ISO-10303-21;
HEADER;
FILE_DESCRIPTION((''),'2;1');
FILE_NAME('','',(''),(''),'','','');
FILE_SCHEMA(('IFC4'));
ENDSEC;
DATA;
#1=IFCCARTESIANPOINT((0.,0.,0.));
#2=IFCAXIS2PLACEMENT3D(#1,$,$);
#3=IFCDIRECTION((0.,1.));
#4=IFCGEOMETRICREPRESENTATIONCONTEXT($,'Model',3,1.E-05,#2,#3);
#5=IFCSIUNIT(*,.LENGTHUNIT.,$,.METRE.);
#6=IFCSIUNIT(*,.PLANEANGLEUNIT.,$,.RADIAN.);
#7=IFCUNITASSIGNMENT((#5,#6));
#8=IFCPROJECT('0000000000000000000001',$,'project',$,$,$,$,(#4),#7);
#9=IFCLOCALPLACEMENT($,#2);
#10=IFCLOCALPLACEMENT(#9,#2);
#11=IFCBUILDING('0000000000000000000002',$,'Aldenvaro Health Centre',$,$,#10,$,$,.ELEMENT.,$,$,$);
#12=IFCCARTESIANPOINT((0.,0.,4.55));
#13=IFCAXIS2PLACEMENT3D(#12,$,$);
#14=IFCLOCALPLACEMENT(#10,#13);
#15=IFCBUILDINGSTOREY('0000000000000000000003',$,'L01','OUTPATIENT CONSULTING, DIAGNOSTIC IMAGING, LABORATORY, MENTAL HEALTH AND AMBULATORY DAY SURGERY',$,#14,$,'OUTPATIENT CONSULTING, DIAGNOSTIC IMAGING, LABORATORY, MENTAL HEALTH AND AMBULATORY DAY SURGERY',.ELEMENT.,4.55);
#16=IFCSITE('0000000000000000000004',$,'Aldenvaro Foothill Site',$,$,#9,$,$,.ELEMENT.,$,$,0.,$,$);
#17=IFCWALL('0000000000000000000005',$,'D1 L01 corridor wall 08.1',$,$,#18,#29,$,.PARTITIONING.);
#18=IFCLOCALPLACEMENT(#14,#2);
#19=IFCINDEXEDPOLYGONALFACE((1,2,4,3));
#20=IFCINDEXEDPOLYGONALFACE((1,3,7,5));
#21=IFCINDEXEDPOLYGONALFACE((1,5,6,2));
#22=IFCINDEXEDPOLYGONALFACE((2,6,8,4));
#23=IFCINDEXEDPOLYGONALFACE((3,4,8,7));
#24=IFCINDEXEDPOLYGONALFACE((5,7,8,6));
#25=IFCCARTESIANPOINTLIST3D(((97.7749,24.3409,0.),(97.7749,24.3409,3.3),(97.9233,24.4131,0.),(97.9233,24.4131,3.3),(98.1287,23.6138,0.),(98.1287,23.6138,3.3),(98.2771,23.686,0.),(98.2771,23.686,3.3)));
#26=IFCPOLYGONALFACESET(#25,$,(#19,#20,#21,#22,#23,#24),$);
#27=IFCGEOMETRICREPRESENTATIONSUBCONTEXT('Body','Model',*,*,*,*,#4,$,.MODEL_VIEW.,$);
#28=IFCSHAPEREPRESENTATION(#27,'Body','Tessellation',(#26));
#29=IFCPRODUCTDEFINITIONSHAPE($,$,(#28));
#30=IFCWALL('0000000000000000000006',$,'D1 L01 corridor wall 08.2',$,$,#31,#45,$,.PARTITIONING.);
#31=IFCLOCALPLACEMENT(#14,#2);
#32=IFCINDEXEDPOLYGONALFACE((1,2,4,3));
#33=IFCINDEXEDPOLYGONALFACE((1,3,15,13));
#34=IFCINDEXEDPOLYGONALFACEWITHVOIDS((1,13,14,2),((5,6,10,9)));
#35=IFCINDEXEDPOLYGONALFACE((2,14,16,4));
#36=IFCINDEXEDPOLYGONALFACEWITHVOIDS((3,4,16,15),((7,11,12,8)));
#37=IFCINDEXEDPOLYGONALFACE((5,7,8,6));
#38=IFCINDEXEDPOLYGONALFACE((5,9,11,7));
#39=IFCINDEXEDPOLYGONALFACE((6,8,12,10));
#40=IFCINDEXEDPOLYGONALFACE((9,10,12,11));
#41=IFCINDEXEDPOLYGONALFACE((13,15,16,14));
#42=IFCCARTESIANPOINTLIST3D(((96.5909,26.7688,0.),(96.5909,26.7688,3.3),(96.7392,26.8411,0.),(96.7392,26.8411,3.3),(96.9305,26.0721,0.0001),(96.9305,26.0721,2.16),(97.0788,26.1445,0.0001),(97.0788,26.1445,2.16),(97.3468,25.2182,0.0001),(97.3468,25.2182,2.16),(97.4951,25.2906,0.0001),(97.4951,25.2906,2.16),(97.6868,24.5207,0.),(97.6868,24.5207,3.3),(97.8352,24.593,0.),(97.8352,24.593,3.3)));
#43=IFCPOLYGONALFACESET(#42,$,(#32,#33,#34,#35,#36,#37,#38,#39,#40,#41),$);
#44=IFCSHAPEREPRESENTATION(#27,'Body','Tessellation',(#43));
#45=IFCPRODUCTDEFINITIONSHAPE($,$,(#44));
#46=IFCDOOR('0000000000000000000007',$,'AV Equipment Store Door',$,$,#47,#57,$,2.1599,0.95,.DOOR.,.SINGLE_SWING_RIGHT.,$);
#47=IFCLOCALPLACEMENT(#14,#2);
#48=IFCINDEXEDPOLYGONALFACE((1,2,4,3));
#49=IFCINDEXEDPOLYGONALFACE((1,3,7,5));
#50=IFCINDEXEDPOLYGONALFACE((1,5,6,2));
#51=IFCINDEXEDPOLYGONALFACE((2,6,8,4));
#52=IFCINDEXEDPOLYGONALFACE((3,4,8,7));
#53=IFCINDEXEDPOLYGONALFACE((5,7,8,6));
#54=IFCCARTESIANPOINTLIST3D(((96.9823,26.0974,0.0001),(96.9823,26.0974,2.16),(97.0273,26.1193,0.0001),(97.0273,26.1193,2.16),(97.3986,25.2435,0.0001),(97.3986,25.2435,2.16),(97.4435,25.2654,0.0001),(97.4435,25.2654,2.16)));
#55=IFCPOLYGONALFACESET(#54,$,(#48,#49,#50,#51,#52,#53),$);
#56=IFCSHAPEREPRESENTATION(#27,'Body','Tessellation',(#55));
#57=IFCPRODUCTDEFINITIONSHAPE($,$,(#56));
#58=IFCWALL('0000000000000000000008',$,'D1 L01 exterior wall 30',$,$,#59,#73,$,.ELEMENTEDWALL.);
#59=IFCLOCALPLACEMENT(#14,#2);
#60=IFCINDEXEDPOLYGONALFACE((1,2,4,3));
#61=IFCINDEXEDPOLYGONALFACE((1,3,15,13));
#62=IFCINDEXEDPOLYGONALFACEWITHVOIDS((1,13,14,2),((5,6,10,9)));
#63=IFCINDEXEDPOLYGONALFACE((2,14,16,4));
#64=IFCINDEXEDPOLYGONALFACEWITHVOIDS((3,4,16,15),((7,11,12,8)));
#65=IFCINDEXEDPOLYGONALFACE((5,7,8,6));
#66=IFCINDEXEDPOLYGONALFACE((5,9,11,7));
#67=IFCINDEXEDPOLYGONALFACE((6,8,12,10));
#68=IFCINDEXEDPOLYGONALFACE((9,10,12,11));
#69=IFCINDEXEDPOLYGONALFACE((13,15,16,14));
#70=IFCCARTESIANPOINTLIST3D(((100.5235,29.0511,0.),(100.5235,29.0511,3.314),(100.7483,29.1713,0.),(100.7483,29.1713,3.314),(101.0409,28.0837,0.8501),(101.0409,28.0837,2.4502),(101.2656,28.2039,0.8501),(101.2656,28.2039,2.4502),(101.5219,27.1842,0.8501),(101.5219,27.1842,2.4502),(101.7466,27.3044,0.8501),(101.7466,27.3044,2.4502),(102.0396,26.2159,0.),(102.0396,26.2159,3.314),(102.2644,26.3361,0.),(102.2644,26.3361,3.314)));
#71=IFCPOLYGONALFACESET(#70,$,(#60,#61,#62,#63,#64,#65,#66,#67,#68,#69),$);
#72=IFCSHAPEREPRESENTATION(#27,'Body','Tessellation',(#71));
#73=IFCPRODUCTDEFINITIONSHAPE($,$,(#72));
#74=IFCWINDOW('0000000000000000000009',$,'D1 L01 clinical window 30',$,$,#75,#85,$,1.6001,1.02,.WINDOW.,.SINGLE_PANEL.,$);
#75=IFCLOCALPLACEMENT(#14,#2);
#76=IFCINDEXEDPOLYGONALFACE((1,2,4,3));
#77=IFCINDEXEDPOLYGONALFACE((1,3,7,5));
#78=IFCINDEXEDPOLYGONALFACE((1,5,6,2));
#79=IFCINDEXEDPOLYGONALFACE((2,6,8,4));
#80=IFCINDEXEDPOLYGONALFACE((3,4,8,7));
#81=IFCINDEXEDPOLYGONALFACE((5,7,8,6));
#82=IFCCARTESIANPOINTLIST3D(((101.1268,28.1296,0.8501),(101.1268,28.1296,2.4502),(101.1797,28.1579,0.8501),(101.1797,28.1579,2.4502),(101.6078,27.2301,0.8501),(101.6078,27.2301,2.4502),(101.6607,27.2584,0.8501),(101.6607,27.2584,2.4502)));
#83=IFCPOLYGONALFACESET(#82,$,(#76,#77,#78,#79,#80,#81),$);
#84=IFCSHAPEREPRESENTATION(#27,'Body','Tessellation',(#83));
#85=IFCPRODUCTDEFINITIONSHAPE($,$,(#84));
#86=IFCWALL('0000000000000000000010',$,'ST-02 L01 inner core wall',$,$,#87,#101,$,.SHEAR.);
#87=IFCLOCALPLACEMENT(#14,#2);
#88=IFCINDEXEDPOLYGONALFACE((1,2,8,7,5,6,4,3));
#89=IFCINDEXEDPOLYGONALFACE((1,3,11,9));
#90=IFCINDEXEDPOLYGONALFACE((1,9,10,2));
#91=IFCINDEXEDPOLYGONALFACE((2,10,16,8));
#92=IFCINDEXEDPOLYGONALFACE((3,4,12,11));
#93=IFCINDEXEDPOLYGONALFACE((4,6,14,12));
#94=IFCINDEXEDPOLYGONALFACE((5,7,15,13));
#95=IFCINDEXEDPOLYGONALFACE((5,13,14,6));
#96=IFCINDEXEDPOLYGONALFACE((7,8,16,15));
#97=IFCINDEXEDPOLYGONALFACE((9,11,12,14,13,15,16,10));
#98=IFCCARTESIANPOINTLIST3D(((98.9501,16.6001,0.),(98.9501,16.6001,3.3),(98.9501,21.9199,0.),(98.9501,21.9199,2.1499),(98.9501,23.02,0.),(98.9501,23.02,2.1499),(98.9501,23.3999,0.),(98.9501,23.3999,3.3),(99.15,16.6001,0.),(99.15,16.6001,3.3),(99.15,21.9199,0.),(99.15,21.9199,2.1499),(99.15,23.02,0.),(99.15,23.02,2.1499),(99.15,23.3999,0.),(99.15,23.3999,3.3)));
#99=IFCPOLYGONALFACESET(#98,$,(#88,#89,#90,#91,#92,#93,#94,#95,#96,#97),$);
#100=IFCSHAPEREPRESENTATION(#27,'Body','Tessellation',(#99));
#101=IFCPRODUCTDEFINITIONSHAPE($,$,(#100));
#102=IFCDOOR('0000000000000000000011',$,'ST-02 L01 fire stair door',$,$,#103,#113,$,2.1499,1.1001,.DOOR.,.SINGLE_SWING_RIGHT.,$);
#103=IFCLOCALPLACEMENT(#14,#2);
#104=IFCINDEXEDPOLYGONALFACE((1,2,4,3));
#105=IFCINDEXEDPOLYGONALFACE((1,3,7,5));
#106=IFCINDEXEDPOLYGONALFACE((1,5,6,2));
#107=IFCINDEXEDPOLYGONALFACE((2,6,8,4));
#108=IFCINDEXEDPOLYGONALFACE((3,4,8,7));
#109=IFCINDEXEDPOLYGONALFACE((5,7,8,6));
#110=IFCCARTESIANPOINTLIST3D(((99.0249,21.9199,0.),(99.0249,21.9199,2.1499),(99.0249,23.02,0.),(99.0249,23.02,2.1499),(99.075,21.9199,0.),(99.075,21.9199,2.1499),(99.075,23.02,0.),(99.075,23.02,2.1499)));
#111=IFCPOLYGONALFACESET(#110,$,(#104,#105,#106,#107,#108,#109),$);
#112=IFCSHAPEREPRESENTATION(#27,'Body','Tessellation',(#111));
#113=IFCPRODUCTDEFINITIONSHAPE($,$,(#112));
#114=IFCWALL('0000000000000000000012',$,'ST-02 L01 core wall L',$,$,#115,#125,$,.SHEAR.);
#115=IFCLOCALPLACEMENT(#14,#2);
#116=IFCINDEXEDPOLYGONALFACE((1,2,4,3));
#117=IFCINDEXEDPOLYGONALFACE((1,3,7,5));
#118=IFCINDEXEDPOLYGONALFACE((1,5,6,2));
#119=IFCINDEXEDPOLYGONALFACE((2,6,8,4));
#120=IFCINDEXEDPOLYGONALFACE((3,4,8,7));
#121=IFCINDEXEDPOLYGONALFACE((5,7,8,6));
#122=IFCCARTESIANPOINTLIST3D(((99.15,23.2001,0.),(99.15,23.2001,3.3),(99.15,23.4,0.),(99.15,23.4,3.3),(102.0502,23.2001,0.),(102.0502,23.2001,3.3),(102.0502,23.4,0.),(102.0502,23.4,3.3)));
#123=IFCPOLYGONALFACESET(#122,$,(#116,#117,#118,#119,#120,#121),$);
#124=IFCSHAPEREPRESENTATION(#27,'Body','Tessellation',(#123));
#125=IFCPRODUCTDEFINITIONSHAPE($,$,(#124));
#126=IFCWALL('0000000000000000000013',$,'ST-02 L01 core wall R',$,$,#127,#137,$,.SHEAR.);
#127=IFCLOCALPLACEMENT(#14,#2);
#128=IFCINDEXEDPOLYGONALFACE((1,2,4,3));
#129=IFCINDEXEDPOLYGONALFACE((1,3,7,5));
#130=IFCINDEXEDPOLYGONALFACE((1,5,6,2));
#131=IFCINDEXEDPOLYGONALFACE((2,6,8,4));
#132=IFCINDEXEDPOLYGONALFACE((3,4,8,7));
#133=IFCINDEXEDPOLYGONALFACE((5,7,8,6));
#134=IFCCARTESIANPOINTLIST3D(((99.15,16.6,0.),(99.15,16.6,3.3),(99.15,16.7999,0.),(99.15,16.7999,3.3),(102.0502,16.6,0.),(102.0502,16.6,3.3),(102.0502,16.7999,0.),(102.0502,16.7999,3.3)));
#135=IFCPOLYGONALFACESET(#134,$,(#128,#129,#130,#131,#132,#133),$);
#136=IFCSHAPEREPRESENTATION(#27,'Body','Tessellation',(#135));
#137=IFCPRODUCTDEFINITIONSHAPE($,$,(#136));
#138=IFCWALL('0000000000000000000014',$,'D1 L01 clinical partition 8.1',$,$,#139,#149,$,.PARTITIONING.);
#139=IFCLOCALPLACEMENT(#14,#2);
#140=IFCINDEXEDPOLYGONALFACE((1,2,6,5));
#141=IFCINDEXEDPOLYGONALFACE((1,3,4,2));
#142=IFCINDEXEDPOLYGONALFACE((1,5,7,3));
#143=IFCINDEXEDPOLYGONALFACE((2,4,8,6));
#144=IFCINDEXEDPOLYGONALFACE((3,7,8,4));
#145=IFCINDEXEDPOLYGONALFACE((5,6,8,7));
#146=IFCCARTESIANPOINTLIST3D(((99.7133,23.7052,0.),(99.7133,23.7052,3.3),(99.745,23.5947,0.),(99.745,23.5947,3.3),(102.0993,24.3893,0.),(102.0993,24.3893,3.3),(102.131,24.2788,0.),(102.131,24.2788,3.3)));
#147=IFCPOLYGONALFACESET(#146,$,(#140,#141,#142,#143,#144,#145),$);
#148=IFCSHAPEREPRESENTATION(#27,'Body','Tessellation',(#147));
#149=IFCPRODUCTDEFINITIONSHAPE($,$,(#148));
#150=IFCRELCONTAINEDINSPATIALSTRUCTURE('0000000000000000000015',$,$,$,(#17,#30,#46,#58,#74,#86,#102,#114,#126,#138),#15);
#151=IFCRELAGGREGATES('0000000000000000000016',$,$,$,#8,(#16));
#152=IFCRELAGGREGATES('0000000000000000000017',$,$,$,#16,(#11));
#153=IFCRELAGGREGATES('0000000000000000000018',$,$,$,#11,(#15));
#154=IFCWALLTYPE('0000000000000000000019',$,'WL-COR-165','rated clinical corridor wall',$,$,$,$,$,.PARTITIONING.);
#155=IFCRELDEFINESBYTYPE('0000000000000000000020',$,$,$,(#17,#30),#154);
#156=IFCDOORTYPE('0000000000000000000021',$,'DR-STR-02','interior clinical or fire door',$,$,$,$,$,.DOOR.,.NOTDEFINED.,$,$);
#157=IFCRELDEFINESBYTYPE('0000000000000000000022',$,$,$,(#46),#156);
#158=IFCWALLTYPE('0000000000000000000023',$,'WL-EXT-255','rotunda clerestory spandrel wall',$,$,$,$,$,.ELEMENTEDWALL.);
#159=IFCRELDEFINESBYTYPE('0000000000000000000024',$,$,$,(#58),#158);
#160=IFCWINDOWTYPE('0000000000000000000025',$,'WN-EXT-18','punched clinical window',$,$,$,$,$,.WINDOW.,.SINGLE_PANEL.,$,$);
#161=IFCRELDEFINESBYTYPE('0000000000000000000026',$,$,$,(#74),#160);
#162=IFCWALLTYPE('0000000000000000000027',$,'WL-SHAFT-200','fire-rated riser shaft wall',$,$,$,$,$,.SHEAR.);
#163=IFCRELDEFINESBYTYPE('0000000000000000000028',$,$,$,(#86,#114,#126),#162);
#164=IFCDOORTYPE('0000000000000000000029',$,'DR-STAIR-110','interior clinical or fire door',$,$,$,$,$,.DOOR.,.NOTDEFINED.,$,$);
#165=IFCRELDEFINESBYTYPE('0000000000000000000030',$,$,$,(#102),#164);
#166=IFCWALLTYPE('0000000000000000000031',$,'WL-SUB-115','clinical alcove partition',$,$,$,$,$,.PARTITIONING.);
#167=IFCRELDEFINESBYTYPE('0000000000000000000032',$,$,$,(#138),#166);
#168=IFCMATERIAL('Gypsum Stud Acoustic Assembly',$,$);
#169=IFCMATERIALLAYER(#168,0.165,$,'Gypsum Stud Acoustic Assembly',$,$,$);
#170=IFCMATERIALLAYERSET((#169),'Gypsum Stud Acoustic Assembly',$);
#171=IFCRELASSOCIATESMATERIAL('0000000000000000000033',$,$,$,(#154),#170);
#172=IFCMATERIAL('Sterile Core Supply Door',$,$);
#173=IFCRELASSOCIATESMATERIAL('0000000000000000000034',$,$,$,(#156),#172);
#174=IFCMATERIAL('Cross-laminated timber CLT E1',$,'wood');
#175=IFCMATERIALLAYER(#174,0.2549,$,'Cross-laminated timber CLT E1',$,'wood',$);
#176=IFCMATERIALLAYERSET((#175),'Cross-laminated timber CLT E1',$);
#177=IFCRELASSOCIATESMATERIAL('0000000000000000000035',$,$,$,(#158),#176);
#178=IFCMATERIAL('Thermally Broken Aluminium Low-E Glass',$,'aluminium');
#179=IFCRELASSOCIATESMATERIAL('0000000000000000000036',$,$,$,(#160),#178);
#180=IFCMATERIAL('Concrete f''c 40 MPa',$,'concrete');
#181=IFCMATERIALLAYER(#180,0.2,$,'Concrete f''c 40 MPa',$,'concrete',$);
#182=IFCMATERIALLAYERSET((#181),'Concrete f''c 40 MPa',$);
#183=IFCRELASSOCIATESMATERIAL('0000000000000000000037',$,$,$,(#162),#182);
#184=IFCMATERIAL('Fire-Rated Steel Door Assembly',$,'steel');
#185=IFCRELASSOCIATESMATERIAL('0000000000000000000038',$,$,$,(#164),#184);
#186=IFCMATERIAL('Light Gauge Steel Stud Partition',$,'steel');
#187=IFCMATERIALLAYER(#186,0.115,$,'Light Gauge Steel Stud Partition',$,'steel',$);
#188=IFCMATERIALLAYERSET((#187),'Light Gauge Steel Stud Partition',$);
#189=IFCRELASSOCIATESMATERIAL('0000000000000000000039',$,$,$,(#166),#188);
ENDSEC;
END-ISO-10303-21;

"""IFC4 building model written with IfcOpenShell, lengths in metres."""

from ifc_helpers import new_model, si_unit, direction, frame, frame_2d, origin, place, context, subcontext, project, spatial, rectangle, extrude, material, layer, layer_set, type_object, element, fill, save


model = new_model("IFC4")

# Units and contexts
model_context = context("Model", 3, precision=1e-05, world=origin(), true_north=direction((0.0, 1.0)))
body_context = subcontext(model_context, "Body", "Model", "MODEL_VIEW")
ifc_project = project(units=[si_unit("LENGTHUNIT", "METRE"), si_unit("PLANEANGLEUNIT", "RADIAN")], contexts=[model_context])

# Site, building, storey
site_placement = place(None, origin())
site = spatial("IfcSite", under=ifc_project, at=site_placement, Name="Aldenvaro Foothill Site", CompositionType="ELEMENT", RefElevation=0.0)
building_placement = place(site_placement, origin())
building = spatial("IfcBuilding", under=site, at=building_placement, Name="Aldenvaro Health Centre", CompositionType="ELEMENT")
storey_placement = place(building_placement, frame((0.0, 0.0, 4.55)))
storey = spatial("IfcBuildingStorey", under=building, at=storey_placement, Name="L01", Description="OUTPATIENT CONSULTING, DIAGNOSTIC IMAGING, LABORATORY, MENTAL HEALTH AND AMBULATORY DAY SURGERY", LongName="OUTPATIENT CONSULTING, DIAGNOSTIC IMAGING, LABORATORY, MENTAL HEALTH AND AMBULATORY DAY SURGERY", CompositionType="ELEMENT", Elevation=4.55)

# Shared definitions
ifc_material_1 = material(Name="Gypsum Stud Acoustic Assembly")

# Shared definitions
ifc_layer_1 = layer(ifc_material_1, 0.165, Name="Gypsum Stud Acoustic Assembly")
ifc_layer_set_1 = layer_set([ifc_layer_1], Name="Gypsum Stud Acoustic Assembly")
wall_type_1 = type_object("IfcWallType", Name="WL-COR-165", Description="rated clinical corridor wall", PredefinedType="PARTITIONING", material=ifc_layer_set_1)

# Wall
wall_1_placement = place(storey_placement, frame((98.2029, 23.6499, 0.0), z_axis=(0.0, 0.0, 1.0), x_axis=(-0.437525, 0.899206, 0.0)))
element("IfcWall", 1, at=wall_1_placement, inside=storey, type_object=wall_type_1, Name="D1 L01 corridor wall 08.1", PredefinedType="PARTITIONING", context=body_context, shape_type="SweptSolid", body=[
    extrude(rectangle(XDim=0.8086, YDim=0.165, at=frame_2d((0.4043, 0.0))), origin(), (0.0, 0.0, 1.0), 3.3),
])

# Wall, opening, door
wall_2_placement = place(storey_placement, frame((97.761, 24.5569, 0.0), z_axis=(0.0, 0.0, 1.0), x_axis=(-0.43821, 0.898873, 0.0)))
wall_2 = element("IfcWall", 2, at=wall_2_placement, inside=storey, type_object=wall_type_1, Name="D1 L01 corridor wall 08.2", PredefinedType="PARTITIONING", context=body_context, shape_type="SweptSolid", body=[
    extrude(rectangle(XDim=2.501, YDim=0.165, at=frame_2d((1.2505, 0.0))), origin(), (0.0, 0.0, 1.0), 3.3),
])
opening_1_placement = place(wall_2_placement, frame((0.7759, 0.0, 0.0)))
opening_1 = element("IfcOpeningElement", 3, at=opening_1_placement, cuts=wall_2, PredefinedType="OPENING", context=body_context, shape_type="SweptSolid", body=[
    extrude(rectangle(XDim=0.95, YDim=2.1599, at=frame_2d((0.4751, 1.0801))), frame((0.0, 0.0925, 0.0), z_axis=(0.0, -1.0, 0.0), x_axis=(1.0, 0.0, 0.0)), (0.0, 0.0, 1.0), 0.1851),
])
ifc_material_2 = material(Name="Sterile Core Supply Door")
door_type_1 = type_object("IfcDoorType", Name="DR-STR-02", Description="interior clinical or fire door", OperationType="NOTDEFINED", PredefinedType="DOOR", material=ifc_material_2)
door_1_placement = place(opening_1_placement, origin())
door_1 = element("IfcDoor", 4, at=door_1_placement, inside=storey, type_object=door_type_1, Name="AV Equipment Store Door", OperationType="SINGLE_SWING_RIGHT", OverallHeight=2.1599, OverallWidth=0.95, PredefinedType="DOOR", context=body_context, shape_type="SweptSolid", body=[
    extrude(rectangle(XDim=0.95, YDim=2.1599, at=frame_2d((0.4751, 1.0801))), frame((0.0, 0.0249, 0.0), z_axis=(0.0, -1.0, 0.0), x_axis=(1.0, 0.0, 0.0)), (0.0, 0.0, 1.0), 0.05),
])
fill(opening_1, door_1)

# Wall, opening, window
ifc_material_3 = material(Name="Cross-laminated timber CLT E1", Category="wood")
ifc_layer_2 = layer(ifc_material_3, 0.2549, Name="Cross-laminated timber CLT E1", Category="wood")
ifc_layer_set_2 = layer_set([ifc_layer_2], Name="Cross-laminated timber CLT E1")
wall_type_2 = type_object("IfcWallType", Name="WL-EXT-255", Description="rotunda clerestory spandrel wall", PredefinedType="ELEMENTEDWALL", material=ifc_layer_set_2)
wall_3_placement = place(storey_placement, frame((100.636, 29.1111, 0.0), z_axis=(0.0, 0.0, 1.0), x_axis=(0.471558, -0.881835, 0.0)))
wall_3 = element("IfcWall", 5, at=wall_3_placement, inside=storey, type_object=wall_type_2, Name="D1 L01 exterior wall 30", PredefinedType="ELEMENTEDWALL", context=body_context, shape_type="SweptSolid", body=[
    extrude(rectangle(XDim=3.2151, YDim=0.2549, at=frame_2d((1.6074, 0.0))), origin(), (0.0, 0.0, 1.0), 3.314),
])
opening_2_placement = place(wall_3_placement, frame((1.0969, 0.0, 0.8501)))
opening_2 = element("IfcOpeningElement", 6, at=opening_2_placement, cuts=wall_3, PredefinedType="OPENING", context=body_context, shape_type="SweptSolid", body=[
    extrude(rectangle(XDim=1.02, YDim=1.6001, at=frame_2d((0.51, 0.8))), frame((0.0, 0.1375, 0.0), z_axis=(0.0, -1.0, 0.0), x_axis=(1.0, 0.0, 0.0)), (0.0, 0.0, 1.0), 0.2749),
])
ifc_material_4 = material(Name="Thermally Broken Aluminium Low-E Glass", Category="aluminium")
window_type = type_object("IfcWindowType", Name="WN-EXT-18", Description="punched clinical window", PartitioningType="SINGLE_PANEL", PredefinedType="WINDOW", material=ifc_material_4)
window_placement = place(opening_2_placement, origin())
window = element("IfcWindow", 7, at=window_placement, inside=storey, type_object=window_type, Name="D1 L01 clinical window 30", OverallHeight=1.6001, OverallWidth=1.02, PartitioningType="SINGLE_PANEL", PredefinedType="WINDOW", context=body_context, shape_type="SweptSolid", body=[
    extrude(rectangle(XDim=1.02, YDim=1.6001, at=frame_2d((0.51, 0.8))), frame((0.0, 0.03, 0.0), z_axis=(0.0, -1.0, 0.0), x_axis=(1.0, 0.0, 0.0)), (0.0, 0.0, 1.0), 0.0601),
])
fill(opening_2, window)

# Wall, opening, door
ifc_material_5 = material(Name="Concrete f'c 40 MPa", Category="concrete")
ifc_layer_3 = layer(ifc_material_5, 0.2, Name="Concrete f'c 40 MPa", Category="concrete")
ifc_layer_set_3 = layer_set([ifc_layer_3], Name="Concrete f'c 40 MPa")
wall_type_3 = type_object("IfcWallType", Name="WL-SHAFT-200", Description="fire-rated riser shaft wall", PredefinedType="SHEAR", material=ifc_layer_set_3)
wall_4_placement = place(storey_placement, frame((99.05, 23.3999, 0.0), z_axis=(0.0, 0.0, 1.0), x_axis=(0.0, -1.0, 0.0)))
wall_4 = element("IfcWall", 8, at=wall_4_placement, inside=storey, type_object=wall_type_3, Name="ST-02 L01 inner core wall", PredefinedType="SHEAR", context=body_context, shape_type="SweptSolid", body=[
    extrude(rectangle(XDim=6.7998, YDim=0.2, at=frame_2d((3.3999, 0.0))), origin(), (0.0, 0.0, 1.0), 3.3),
])
opening_3_placement = place(wall_4_placement, frame((0.3799, 0.0, 0.0)))
opening_3 = element("IfcOpeningElement", 9, at=opening_3_placement, cuts=wall_4, PredefinedType="OPENING", context=body_context, shape_type="SweptSolid", body=[
    extrude(rectangle(XDim=1.1001, YDim=2.1499, at=frame_2d((0.55, 1.075))), frame((0.0, 0.1099, 0.0), z_axis=(0.0, -1.0, 0.0), x_axis=(1.0, 0.0, 0.0)), (0.0, 0.0, 1.0), 0.22),
])
ifc_material_6 = material(Name="Fire-Rated Steel Door Assembly", Category="steel")
door_type_2 = type_object("IfcDoorType", Name="DR-STAIR-110", Description="interior clinical or fire door", OperationType="NOTDEFINED", PredefinedType="DOOR", material=ifc_material_6)
door_2_placement = place(opening_3_placement, origin())
door_2 = element("IfcDoor", 10, at=door_2_placement, inside=storey, type_object=door_type_2, Name="ST-02 L01 fire stair door", OperationType="SINGLE_SWING_RIGHT", OverallHeight=2.1499, OverallWidth=1.1001, PredefinedType="DOOR", context=body_context, shape_type="SweptSolid", body=[
    extrude(rectangle(XDim=1.1001, YDim=2.1499, at=frame_2d((0.55, 1.075))), frame((0.0, 0.0249, 0.0), z_axis=(0.0, -1.0, 0.0), x_axis=(1.0, 0.0, 0.0)), (0.0, 0.0, 1.0), 0.05),
])
fill(opening_3, door_2)

# Walls
for number, where, z_axis, x_axis, name in (
    (11, (99.1499, 23.3, 0.0), (0.0, 0.0, 1.0), (1.0, 0.0, 0.0), "ST-02 L01 core wall L"),
    (12, (99.1499, 16.7, 0.0), (0.0, 0.0, 1.0), (1.0, 0.0, 0.0), "ST-02 L01 core wall R"),
):
    element("IfcWall", number, at=place(storey_placement, frame(where, z_axis=z_axis, x_axis=x_axis)), inside=storey, type_object=wall_type_3, Name=name, PredefinedType="SHEAR", context=body_context, shape_type="SweptSolid", body=[
        extrude(rectangle(XDim=2.9001, YDim=0.2, at=frame_2d((1.4502, 0.0))), origin(), (0.0, 0.0, 1.0), 3.3),
    ])
ifc_material_7 = material(Name="Light Gauge Steel Stud Partition", Category="steel")
ifc_layer_4 = layer(ifc_material_7, 0.115, Name="Light Gauge Steel Stud Partition", Category="steel")
ifc_layer_set_4 = layer_set([ifc_layer_4], Name="Light Gauge Steel Stud Partition")
wall_type_4 = type_object("IfcWallType", Name="WL-SUB-115", Description="clinical alcove partition", PredefinedType="PARTITIONING", material=ifc_layer_set_4)
wall_5_placement = place(storey_placement, frame((99.729, 23.6499, 0.0), z_axis=(0.0, 0.0, 1.0), x_axis=(0.961271, 0.275604, 0.0)))
element("IfcWall", 13, at=wall_5_placement, inside=storey, type_object=wall_type_4, Name="D1 L01 clinical partition 8.1", PredefinedType="PARTITIONING", context=body_context, shape_type="SweptSolid", body=[
    extrude(rectangle(XDim=2.4822, YDim=0.115, at=frame_2d((1.2412, 0.0))), origin(), (0.0, 0.0, 1.0), 3.3),
])

save(model, "model.ifc")
